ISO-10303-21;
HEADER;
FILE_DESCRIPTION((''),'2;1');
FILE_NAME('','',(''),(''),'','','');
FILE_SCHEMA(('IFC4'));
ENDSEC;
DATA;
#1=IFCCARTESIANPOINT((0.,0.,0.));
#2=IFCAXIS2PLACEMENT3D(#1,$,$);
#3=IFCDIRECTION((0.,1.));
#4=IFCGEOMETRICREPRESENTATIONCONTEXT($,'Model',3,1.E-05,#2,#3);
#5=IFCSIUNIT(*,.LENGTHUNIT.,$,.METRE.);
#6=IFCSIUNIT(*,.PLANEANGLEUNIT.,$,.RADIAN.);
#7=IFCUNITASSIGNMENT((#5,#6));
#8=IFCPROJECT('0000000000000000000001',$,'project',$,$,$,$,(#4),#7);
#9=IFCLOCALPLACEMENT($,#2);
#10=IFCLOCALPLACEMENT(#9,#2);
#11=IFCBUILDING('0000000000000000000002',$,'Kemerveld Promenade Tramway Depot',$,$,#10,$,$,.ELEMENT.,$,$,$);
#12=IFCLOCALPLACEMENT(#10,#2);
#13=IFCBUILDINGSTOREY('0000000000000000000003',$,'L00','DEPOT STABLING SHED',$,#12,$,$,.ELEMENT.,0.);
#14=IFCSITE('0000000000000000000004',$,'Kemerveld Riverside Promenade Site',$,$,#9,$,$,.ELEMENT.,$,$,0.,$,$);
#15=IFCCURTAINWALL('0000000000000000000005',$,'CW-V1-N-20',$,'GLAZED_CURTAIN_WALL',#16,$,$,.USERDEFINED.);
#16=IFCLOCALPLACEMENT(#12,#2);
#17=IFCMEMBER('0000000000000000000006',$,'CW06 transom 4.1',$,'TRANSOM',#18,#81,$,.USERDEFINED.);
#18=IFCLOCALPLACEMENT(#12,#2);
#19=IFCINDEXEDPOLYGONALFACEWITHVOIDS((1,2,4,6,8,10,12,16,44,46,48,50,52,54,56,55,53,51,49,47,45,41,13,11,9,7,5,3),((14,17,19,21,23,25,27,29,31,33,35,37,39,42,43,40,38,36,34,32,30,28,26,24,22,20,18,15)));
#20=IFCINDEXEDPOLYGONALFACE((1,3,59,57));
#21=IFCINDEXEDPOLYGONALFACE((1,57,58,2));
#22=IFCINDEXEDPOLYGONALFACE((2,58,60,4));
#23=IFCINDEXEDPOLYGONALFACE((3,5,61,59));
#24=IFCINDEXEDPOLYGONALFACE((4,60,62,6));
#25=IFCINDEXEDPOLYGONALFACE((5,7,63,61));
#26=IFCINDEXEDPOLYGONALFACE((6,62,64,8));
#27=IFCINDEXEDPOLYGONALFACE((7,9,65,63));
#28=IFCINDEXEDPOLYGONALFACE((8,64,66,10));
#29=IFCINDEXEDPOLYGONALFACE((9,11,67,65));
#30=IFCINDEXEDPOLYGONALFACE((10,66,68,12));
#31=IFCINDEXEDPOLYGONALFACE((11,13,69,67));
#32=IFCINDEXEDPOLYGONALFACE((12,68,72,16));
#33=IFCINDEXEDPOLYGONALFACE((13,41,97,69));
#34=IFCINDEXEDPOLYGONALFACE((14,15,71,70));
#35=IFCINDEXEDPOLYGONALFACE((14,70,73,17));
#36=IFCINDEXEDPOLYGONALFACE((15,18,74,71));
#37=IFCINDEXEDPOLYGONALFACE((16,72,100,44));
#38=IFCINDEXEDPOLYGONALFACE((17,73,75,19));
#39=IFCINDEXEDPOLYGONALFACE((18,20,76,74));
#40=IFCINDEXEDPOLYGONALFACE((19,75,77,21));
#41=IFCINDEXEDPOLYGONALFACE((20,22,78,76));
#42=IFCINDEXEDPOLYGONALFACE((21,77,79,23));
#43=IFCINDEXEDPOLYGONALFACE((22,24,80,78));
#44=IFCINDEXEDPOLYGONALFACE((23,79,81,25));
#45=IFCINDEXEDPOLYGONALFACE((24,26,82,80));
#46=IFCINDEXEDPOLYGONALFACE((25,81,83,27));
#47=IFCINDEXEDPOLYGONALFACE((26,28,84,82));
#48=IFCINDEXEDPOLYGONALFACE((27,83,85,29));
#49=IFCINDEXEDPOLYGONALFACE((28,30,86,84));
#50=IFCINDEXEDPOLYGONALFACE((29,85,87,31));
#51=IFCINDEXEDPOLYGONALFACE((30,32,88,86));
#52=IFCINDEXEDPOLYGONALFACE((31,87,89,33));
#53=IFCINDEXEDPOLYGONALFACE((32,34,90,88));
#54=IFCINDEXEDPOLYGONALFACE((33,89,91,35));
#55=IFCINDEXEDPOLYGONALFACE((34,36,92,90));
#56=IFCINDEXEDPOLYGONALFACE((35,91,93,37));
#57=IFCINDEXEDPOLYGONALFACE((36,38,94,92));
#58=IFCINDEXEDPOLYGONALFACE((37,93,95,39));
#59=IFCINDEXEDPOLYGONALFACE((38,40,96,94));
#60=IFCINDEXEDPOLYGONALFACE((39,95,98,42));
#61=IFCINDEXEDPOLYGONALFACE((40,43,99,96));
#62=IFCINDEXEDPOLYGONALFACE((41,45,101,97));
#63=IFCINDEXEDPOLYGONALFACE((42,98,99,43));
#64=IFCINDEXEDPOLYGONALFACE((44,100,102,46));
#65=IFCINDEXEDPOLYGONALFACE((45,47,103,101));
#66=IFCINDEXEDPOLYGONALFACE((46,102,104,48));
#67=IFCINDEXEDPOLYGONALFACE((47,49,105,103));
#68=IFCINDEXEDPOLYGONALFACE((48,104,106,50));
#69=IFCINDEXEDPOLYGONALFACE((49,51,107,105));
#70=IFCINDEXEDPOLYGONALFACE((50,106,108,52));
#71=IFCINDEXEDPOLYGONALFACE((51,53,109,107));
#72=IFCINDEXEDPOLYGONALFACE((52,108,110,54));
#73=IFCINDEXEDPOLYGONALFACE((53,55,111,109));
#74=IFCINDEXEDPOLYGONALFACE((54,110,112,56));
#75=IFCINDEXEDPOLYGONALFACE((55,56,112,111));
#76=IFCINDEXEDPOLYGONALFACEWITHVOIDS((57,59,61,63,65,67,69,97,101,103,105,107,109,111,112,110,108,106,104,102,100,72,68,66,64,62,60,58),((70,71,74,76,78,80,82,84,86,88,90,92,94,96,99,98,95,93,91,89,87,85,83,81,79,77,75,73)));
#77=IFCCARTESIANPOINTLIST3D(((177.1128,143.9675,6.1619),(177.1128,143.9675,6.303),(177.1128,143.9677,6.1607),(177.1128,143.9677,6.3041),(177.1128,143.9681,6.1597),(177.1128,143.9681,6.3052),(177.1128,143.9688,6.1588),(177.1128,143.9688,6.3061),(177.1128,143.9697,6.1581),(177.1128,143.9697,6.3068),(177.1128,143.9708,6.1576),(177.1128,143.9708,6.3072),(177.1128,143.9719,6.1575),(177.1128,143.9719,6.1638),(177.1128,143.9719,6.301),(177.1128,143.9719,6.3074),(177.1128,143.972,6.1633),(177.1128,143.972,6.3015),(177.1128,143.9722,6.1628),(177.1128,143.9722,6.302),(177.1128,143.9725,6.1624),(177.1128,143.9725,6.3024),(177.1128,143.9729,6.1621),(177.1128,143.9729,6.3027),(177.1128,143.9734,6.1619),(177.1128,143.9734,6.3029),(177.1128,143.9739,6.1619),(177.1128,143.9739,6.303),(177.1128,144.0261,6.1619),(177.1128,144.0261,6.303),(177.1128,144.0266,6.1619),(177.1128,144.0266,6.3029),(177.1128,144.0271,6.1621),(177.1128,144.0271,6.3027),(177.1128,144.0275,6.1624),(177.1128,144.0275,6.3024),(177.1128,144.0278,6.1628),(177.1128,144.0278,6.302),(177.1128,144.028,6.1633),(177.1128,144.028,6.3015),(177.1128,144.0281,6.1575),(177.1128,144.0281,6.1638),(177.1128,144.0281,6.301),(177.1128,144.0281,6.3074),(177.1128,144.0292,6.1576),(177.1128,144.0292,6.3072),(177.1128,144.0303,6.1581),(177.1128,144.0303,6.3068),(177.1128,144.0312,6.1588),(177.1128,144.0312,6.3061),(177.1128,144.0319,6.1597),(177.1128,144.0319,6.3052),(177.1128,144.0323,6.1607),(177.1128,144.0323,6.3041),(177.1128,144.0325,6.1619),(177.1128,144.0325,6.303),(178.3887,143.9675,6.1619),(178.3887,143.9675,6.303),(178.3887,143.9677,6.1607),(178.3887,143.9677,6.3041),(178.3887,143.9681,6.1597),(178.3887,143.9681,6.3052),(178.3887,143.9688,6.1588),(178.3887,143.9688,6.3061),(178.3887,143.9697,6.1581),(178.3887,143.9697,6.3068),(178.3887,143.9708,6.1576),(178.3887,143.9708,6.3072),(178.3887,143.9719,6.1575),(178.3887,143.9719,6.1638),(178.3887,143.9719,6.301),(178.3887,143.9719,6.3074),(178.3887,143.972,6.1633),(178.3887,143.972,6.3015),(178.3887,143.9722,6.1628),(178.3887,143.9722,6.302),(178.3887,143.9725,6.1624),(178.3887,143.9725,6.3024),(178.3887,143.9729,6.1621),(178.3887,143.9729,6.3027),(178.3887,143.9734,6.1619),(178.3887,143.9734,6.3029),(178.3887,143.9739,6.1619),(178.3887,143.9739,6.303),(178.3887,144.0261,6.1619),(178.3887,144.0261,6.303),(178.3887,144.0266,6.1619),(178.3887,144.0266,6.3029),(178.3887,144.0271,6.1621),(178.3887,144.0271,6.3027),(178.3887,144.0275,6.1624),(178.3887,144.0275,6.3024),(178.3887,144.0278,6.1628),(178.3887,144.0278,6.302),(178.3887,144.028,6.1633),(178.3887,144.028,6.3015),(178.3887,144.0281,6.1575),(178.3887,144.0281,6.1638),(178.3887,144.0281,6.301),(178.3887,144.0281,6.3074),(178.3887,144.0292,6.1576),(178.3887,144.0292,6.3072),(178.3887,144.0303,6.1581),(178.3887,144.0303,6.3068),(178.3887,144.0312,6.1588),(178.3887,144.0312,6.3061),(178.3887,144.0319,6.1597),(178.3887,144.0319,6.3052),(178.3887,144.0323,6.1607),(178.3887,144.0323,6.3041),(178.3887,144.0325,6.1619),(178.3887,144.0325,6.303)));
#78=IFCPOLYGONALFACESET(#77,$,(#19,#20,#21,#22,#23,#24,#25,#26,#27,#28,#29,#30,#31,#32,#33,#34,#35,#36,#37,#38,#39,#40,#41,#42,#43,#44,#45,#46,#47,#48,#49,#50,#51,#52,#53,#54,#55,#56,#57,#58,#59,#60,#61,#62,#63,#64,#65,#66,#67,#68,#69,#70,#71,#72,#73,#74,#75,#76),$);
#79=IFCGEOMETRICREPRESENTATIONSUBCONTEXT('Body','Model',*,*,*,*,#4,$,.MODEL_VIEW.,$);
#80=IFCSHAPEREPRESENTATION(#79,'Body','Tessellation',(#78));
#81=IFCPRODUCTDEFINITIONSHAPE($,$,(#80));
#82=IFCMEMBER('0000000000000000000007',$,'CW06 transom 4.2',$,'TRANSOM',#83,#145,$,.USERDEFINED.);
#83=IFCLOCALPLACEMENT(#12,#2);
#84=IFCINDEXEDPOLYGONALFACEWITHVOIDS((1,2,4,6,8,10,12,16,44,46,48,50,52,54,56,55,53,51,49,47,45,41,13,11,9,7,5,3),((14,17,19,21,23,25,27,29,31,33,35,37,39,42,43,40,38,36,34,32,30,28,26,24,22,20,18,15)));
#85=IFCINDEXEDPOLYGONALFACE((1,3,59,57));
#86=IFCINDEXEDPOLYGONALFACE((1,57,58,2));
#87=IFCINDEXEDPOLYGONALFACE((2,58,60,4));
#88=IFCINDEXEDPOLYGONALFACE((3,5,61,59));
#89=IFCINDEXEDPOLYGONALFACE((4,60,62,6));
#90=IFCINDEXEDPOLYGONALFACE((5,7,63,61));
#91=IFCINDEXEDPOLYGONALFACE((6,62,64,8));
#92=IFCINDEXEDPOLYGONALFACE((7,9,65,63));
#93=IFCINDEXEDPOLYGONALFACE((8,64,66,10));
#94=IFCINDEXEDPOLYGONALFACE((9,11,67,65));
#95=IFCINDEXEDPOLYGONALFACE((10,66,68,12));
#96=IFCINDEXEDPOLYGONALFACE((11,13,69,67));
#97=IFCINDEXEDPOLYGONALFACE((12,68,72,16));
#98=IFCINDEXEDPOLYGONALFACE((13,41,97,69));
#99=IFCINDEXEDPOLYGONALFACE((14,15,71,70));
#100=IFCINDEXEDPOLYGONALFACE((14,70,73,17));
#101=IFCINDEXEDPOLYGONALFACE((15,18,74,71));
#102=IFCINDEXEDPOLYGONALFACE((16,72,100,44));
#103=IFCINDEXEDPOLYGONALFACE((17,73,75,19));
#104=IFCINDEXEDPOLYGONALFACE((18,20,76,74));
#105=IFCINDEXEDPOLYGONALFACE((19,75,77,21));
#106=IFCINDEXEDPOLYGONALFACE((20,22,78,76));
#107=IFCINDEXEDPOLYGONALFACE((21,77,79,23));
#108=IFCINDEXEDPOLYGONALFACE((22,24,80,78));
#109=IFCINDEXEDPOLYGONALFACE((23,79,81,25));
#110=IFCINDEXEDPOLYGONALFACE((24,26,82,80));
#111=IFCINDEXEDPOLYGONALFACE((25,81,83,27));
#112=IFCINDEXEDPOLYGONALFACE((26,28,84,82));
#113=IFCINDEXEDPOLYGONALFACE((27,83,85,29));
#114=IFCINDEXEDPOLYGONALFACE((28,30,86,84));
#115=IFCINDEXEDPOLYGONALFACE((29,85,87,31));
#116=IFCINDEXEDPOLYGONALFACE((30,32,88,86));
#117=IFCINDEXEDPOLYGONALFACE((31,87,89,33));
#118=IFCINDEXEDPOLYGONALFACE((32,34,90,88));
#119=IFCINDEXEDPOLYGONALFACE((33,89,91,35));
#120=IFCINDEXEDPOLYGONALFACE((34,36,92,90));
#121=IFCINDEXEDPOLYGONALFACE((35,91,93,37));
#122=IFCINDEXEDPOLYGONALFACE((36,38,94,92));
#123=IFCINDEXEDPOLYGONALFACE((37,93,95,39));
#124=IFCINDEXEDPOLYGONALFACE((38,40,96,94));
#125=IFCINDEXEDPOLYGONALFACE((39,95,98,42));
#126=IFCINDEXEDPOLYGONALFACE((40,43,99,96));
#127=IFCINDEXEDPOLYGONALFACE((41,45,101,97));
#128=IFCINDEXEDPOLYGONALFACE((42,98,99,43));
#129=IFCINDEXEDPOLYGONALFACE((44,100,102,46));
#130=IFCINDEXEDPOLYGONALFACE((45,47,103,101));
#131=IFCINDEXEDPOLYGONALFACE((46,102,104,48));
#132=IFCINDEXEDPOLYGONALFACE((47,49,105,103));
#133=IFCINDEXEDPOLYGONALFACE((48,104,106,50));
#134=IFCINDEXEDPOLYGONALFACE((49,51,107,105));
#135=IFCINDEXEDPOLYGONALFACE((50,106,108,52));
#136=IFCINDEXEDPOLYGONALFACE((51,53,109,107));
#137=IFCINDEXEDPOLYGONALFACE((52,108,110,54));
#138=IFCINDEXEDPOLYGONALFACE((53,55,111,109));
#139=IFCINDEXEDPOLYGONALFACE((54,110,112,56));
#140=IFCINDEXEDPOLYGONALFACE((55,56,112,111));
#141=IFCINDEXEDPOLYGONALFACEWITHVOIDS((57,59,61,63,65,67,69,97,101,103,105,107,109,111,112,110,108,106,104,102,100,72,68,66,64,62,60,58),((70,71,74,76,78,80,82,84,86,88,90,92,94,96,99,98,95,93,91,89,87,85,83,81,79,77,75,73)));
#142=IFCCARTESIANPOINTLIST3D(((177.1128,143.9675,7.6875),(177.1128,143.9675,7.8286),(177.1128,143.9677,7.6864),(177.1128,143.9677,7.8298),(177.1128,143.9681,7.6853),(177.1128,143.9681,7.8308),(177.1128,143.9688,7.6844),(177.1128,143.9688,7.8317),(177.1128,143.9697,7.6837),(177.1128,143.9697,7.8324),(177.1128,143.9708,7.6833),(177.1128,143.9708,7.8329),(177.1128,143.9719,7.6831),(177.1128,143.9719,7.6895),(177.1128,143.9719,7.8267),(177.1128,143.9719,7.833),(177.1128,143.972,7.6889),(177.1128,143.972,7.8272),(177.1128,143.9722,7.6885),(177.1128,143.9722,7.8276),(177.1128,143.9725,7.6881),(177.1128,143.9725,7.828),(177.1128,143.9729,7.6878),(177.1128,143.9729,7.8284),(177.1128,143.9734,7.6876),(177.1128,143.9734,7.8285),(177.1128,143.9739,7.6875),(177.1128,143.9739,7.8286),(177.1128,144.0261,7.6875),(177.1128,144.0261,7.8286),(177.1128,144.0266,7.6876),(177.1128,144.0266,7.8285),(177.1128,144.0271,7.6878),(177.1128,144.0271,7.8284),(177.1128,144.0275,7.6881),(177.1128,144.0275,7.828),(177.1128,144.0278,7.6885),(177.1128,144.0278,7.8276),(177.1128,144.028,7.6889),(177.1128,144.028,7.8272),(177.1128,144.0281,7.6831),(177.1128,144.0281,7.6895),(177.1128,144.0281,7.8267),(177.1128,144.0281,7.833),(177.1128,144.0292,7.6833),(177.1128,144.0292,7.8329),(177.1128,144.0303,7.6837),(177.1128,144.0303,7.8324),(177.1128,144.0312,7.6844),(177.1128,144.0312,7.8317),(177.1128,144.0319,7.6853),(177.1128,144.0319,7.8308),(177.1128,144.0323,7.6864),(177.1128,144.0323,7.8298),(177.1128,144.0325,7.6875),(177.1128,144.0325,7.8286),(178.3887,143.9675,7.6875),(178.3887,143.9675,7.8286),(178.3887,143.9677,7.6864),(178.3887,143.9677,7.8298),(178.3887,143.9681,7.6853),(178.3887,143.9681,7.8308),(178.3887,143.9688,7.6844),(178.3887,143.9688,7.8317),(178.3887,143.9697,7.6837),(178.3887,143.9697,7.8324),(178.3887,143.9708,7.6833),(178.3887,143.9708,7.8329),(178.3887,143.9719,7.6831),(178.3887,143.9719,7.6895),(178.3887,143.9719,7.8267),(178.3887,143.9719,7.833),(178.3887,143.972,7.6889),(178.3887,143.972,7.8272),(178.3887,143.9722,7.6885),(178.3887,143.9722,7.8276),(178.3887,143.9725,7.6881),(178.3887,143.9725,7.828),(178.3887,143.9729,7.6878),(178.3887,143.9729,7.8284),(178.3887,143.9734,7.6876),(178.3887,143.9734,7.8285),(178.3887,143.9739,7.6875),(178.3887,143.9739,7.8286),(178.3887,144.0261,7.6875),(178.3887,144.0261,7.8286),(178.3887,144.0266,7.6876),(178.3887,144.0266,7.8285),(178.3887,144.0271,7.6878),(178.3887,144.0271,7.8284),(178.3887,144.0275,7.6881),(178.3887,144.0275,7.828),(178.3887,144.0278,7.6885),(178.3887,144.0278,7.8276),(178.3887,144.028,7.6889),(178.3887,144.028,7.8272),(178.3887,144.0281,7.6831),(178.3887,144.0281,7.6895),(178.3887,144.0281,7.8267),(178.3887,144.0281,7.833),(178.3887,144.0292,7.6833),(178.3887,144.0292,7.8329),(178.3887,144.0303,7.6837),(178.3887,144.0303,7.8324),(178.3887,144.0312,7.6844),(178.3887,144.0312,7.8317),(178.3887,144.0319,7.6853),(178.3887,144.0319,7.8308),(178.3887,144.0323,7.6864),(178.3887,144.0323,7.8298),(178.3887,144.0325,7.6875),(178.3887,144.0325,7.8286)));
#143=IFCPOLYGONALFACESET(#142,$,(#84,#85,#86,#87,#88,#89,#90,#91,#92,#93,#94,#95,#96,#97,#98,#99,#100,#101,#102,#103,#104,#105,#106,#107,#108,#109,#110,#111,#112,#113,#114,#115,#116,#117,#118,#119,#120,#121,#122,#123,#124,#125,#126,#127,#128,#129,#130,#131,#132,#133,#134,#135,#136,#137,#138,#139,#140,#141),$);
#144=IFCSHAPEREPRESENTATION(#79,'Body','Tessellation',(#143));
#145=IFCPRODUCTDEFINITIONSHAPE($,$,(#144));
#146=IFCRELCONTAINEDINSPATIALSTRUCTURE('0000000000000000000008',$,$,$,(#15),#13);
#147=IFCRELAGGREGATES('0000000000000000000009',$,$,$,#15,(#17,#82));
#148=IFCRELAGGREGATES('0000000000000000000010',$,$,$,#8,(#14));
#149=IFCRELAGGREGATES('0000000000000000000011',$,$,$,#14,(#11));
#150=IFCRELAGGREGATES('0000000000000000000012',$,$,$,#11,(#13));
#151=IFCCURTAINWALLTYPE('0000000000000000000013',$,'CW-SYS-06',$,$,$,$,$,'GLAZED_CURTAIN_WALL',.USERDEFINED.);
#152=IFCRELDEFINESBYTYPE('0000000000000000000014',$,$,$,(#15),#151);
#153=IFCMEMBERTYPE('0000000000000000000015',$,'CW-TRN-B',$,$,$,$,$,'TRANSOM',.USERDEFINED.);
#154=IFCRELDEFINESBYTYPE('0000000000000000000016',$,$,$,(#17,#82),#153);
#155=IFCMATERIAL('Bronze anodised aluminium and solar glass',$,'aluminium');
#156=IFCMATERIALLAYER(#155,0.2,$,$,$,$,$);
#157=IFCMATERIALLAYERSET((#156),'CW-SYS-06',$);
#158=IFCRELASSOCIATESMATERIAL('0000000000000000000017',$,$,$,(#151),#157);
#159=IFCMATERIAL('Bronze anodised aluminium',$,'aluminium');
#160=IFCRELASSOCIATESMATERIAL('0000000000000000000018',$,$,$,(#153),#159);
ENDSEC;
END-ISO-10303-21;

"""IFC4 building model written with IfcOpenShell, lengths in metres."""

from ifc_helpers import new_model, si_unit, direction, frame, origin, origin_2d, place, context, subcontext, project, spatial, hollow_rectangle, extrude, material, layer, layer_set, material_profile, profile_set, type_object, element, aggregate, save


model = new_model("IFC4")

# Units and contexts
model_context = context("Model", 3, precision=1e-05, world=origin(), true_north=direction((0.0, 1.0)))
body_context = subcontext(model_context, "Body", "Model", "MODEL_VIEW")
ifc_project = project(units=[si_unit("LENGTHUNIT", "METRE"), si_unit("PLANEANGLEUNIT", "RADIAN")], contexts=[model_context])

# Site, building, storey
site_placement = place(None, origin())
site = spatial("IfcSite", under=ifc_project, at=site_placement, Name="Kemerveld Riverside Promenade Site", CompositionType="ELEMENT", RefElevation=0.0)
building_placement = place(site_placement, origin())
building = spatial("IfcBuilding", under=site, at=building_placement, Name="Kemerveld Promenade Tramway Depot", CompositionType="ELEMENT")
storey_placement = place(building_placement, origin())
storey = spatial("IfcBuildingStorey", under=building, at=storey_placement, Name="L00", Description="DEPOT STABLING SHED", CompositionType="ELEMENT", Elevation=0.0)

# Curtain wall
ifc_material_1 = material(Name="Bronze anodised aluminium and solar glass", Category="aluminium")
ifc_material_2 = material(Name="Bronze anodised aluminium", Category="aluminium")
ifc_layer_1 = layer(ifc_material_1, 0.2)
ifc_layer_set_1 = layer_set([ifc_layer_1], Name="CW-SYS-06")
curtain_wall_type_1 = type_object("IfcCurtainWallType", Name="CW-SYS-06", ElementType="GLAZED_CURTAIN_WALL", PredefinedType="USERDEFINED", material=ifc_layer_set_1)
curtain_wall_1_placement = place(storey_placement, origin())
curtain_wall_1 = element("IfcCurtainWall", 1, at=curtain_wall_1_placement, inside=storey, type_object=curtain_wall_type_1, Name="CW-V1-N-20", ObjectType="GLAZED_CURTAIN_WALL", PredefinedType="USERDEFINED")

# Members
ifc_material_profile_1 = material_profile(ifc_material_2, hollow_rectangle(XDim=0.0649, YDim=0.1499, WallThickness=0.0044, InnerFilletRadius=0.002, OuterFilletRadius=0.0044, at=origin_2d()), Name="CW-TRN-150x65")
ifc_profile_set_1 = profile_set([ifc_material_profile_1], Name="Bronze anodised aluminium")
member_type_1 = type_object("IfcMemberType", Name="CW-TRN-B", ElementType="TRANSOM", PredefinedType="USERDEFINED", material=ifc_profile_set_1)
member_1_placement = place(storey_placement, frame((177.1128, 144.0, 6.2324), z_axis=(1.0, 0.0, 0.0), x_axis=(0.0, 1.0, 0.0)))
member_1 = element("IfcMember", 2, at=member_1_placement, type_object=member_type_1, Name="CW06 transom 4.1", ObjectType="TRANSOM", PredefinedType="USERDEFINED", context=body_context, shape_type="SweptSolid", body=[
    extrude(hollow_rectangle(XDim=0.0649, YDim=0.1499, WallThickness=0.0044, InnerFilletRadius=0.002, OuterFilletRadius=0.0044, at=origin_2d()), origin(), (0.0, 0.0, 1.0), 1.2759),
])
member_2_placement = place(storey_placement, frame((177.1128, 144.0, 7.7581), z_axis=(1.0, 0.0, 0.0), x_axis=(0.0, 1.0, 0.0)))
member_2 = element("IfcMember", 3, at=member_2_placement, type_object=member_type_1, Name="CW06 transom 4.2", ObjectType="TRANSOM", PredefinedType="USERDEFINED", context=body_context, shape_type="SweptSolid", body=[
    extrude(hollow_rectangle(XDim=0.0649, YDim=0.1499, WallThickness=0.0044, InnerFilletRadius=0.002, OuterFilletRadius=0.0044, at=origin_2d()), origin(), (0.0, 0.0, 1.0), 1.2759),
])

aggregate(curtain_wall_1, [member_1, member_2])

save(model, "model.ifc")
